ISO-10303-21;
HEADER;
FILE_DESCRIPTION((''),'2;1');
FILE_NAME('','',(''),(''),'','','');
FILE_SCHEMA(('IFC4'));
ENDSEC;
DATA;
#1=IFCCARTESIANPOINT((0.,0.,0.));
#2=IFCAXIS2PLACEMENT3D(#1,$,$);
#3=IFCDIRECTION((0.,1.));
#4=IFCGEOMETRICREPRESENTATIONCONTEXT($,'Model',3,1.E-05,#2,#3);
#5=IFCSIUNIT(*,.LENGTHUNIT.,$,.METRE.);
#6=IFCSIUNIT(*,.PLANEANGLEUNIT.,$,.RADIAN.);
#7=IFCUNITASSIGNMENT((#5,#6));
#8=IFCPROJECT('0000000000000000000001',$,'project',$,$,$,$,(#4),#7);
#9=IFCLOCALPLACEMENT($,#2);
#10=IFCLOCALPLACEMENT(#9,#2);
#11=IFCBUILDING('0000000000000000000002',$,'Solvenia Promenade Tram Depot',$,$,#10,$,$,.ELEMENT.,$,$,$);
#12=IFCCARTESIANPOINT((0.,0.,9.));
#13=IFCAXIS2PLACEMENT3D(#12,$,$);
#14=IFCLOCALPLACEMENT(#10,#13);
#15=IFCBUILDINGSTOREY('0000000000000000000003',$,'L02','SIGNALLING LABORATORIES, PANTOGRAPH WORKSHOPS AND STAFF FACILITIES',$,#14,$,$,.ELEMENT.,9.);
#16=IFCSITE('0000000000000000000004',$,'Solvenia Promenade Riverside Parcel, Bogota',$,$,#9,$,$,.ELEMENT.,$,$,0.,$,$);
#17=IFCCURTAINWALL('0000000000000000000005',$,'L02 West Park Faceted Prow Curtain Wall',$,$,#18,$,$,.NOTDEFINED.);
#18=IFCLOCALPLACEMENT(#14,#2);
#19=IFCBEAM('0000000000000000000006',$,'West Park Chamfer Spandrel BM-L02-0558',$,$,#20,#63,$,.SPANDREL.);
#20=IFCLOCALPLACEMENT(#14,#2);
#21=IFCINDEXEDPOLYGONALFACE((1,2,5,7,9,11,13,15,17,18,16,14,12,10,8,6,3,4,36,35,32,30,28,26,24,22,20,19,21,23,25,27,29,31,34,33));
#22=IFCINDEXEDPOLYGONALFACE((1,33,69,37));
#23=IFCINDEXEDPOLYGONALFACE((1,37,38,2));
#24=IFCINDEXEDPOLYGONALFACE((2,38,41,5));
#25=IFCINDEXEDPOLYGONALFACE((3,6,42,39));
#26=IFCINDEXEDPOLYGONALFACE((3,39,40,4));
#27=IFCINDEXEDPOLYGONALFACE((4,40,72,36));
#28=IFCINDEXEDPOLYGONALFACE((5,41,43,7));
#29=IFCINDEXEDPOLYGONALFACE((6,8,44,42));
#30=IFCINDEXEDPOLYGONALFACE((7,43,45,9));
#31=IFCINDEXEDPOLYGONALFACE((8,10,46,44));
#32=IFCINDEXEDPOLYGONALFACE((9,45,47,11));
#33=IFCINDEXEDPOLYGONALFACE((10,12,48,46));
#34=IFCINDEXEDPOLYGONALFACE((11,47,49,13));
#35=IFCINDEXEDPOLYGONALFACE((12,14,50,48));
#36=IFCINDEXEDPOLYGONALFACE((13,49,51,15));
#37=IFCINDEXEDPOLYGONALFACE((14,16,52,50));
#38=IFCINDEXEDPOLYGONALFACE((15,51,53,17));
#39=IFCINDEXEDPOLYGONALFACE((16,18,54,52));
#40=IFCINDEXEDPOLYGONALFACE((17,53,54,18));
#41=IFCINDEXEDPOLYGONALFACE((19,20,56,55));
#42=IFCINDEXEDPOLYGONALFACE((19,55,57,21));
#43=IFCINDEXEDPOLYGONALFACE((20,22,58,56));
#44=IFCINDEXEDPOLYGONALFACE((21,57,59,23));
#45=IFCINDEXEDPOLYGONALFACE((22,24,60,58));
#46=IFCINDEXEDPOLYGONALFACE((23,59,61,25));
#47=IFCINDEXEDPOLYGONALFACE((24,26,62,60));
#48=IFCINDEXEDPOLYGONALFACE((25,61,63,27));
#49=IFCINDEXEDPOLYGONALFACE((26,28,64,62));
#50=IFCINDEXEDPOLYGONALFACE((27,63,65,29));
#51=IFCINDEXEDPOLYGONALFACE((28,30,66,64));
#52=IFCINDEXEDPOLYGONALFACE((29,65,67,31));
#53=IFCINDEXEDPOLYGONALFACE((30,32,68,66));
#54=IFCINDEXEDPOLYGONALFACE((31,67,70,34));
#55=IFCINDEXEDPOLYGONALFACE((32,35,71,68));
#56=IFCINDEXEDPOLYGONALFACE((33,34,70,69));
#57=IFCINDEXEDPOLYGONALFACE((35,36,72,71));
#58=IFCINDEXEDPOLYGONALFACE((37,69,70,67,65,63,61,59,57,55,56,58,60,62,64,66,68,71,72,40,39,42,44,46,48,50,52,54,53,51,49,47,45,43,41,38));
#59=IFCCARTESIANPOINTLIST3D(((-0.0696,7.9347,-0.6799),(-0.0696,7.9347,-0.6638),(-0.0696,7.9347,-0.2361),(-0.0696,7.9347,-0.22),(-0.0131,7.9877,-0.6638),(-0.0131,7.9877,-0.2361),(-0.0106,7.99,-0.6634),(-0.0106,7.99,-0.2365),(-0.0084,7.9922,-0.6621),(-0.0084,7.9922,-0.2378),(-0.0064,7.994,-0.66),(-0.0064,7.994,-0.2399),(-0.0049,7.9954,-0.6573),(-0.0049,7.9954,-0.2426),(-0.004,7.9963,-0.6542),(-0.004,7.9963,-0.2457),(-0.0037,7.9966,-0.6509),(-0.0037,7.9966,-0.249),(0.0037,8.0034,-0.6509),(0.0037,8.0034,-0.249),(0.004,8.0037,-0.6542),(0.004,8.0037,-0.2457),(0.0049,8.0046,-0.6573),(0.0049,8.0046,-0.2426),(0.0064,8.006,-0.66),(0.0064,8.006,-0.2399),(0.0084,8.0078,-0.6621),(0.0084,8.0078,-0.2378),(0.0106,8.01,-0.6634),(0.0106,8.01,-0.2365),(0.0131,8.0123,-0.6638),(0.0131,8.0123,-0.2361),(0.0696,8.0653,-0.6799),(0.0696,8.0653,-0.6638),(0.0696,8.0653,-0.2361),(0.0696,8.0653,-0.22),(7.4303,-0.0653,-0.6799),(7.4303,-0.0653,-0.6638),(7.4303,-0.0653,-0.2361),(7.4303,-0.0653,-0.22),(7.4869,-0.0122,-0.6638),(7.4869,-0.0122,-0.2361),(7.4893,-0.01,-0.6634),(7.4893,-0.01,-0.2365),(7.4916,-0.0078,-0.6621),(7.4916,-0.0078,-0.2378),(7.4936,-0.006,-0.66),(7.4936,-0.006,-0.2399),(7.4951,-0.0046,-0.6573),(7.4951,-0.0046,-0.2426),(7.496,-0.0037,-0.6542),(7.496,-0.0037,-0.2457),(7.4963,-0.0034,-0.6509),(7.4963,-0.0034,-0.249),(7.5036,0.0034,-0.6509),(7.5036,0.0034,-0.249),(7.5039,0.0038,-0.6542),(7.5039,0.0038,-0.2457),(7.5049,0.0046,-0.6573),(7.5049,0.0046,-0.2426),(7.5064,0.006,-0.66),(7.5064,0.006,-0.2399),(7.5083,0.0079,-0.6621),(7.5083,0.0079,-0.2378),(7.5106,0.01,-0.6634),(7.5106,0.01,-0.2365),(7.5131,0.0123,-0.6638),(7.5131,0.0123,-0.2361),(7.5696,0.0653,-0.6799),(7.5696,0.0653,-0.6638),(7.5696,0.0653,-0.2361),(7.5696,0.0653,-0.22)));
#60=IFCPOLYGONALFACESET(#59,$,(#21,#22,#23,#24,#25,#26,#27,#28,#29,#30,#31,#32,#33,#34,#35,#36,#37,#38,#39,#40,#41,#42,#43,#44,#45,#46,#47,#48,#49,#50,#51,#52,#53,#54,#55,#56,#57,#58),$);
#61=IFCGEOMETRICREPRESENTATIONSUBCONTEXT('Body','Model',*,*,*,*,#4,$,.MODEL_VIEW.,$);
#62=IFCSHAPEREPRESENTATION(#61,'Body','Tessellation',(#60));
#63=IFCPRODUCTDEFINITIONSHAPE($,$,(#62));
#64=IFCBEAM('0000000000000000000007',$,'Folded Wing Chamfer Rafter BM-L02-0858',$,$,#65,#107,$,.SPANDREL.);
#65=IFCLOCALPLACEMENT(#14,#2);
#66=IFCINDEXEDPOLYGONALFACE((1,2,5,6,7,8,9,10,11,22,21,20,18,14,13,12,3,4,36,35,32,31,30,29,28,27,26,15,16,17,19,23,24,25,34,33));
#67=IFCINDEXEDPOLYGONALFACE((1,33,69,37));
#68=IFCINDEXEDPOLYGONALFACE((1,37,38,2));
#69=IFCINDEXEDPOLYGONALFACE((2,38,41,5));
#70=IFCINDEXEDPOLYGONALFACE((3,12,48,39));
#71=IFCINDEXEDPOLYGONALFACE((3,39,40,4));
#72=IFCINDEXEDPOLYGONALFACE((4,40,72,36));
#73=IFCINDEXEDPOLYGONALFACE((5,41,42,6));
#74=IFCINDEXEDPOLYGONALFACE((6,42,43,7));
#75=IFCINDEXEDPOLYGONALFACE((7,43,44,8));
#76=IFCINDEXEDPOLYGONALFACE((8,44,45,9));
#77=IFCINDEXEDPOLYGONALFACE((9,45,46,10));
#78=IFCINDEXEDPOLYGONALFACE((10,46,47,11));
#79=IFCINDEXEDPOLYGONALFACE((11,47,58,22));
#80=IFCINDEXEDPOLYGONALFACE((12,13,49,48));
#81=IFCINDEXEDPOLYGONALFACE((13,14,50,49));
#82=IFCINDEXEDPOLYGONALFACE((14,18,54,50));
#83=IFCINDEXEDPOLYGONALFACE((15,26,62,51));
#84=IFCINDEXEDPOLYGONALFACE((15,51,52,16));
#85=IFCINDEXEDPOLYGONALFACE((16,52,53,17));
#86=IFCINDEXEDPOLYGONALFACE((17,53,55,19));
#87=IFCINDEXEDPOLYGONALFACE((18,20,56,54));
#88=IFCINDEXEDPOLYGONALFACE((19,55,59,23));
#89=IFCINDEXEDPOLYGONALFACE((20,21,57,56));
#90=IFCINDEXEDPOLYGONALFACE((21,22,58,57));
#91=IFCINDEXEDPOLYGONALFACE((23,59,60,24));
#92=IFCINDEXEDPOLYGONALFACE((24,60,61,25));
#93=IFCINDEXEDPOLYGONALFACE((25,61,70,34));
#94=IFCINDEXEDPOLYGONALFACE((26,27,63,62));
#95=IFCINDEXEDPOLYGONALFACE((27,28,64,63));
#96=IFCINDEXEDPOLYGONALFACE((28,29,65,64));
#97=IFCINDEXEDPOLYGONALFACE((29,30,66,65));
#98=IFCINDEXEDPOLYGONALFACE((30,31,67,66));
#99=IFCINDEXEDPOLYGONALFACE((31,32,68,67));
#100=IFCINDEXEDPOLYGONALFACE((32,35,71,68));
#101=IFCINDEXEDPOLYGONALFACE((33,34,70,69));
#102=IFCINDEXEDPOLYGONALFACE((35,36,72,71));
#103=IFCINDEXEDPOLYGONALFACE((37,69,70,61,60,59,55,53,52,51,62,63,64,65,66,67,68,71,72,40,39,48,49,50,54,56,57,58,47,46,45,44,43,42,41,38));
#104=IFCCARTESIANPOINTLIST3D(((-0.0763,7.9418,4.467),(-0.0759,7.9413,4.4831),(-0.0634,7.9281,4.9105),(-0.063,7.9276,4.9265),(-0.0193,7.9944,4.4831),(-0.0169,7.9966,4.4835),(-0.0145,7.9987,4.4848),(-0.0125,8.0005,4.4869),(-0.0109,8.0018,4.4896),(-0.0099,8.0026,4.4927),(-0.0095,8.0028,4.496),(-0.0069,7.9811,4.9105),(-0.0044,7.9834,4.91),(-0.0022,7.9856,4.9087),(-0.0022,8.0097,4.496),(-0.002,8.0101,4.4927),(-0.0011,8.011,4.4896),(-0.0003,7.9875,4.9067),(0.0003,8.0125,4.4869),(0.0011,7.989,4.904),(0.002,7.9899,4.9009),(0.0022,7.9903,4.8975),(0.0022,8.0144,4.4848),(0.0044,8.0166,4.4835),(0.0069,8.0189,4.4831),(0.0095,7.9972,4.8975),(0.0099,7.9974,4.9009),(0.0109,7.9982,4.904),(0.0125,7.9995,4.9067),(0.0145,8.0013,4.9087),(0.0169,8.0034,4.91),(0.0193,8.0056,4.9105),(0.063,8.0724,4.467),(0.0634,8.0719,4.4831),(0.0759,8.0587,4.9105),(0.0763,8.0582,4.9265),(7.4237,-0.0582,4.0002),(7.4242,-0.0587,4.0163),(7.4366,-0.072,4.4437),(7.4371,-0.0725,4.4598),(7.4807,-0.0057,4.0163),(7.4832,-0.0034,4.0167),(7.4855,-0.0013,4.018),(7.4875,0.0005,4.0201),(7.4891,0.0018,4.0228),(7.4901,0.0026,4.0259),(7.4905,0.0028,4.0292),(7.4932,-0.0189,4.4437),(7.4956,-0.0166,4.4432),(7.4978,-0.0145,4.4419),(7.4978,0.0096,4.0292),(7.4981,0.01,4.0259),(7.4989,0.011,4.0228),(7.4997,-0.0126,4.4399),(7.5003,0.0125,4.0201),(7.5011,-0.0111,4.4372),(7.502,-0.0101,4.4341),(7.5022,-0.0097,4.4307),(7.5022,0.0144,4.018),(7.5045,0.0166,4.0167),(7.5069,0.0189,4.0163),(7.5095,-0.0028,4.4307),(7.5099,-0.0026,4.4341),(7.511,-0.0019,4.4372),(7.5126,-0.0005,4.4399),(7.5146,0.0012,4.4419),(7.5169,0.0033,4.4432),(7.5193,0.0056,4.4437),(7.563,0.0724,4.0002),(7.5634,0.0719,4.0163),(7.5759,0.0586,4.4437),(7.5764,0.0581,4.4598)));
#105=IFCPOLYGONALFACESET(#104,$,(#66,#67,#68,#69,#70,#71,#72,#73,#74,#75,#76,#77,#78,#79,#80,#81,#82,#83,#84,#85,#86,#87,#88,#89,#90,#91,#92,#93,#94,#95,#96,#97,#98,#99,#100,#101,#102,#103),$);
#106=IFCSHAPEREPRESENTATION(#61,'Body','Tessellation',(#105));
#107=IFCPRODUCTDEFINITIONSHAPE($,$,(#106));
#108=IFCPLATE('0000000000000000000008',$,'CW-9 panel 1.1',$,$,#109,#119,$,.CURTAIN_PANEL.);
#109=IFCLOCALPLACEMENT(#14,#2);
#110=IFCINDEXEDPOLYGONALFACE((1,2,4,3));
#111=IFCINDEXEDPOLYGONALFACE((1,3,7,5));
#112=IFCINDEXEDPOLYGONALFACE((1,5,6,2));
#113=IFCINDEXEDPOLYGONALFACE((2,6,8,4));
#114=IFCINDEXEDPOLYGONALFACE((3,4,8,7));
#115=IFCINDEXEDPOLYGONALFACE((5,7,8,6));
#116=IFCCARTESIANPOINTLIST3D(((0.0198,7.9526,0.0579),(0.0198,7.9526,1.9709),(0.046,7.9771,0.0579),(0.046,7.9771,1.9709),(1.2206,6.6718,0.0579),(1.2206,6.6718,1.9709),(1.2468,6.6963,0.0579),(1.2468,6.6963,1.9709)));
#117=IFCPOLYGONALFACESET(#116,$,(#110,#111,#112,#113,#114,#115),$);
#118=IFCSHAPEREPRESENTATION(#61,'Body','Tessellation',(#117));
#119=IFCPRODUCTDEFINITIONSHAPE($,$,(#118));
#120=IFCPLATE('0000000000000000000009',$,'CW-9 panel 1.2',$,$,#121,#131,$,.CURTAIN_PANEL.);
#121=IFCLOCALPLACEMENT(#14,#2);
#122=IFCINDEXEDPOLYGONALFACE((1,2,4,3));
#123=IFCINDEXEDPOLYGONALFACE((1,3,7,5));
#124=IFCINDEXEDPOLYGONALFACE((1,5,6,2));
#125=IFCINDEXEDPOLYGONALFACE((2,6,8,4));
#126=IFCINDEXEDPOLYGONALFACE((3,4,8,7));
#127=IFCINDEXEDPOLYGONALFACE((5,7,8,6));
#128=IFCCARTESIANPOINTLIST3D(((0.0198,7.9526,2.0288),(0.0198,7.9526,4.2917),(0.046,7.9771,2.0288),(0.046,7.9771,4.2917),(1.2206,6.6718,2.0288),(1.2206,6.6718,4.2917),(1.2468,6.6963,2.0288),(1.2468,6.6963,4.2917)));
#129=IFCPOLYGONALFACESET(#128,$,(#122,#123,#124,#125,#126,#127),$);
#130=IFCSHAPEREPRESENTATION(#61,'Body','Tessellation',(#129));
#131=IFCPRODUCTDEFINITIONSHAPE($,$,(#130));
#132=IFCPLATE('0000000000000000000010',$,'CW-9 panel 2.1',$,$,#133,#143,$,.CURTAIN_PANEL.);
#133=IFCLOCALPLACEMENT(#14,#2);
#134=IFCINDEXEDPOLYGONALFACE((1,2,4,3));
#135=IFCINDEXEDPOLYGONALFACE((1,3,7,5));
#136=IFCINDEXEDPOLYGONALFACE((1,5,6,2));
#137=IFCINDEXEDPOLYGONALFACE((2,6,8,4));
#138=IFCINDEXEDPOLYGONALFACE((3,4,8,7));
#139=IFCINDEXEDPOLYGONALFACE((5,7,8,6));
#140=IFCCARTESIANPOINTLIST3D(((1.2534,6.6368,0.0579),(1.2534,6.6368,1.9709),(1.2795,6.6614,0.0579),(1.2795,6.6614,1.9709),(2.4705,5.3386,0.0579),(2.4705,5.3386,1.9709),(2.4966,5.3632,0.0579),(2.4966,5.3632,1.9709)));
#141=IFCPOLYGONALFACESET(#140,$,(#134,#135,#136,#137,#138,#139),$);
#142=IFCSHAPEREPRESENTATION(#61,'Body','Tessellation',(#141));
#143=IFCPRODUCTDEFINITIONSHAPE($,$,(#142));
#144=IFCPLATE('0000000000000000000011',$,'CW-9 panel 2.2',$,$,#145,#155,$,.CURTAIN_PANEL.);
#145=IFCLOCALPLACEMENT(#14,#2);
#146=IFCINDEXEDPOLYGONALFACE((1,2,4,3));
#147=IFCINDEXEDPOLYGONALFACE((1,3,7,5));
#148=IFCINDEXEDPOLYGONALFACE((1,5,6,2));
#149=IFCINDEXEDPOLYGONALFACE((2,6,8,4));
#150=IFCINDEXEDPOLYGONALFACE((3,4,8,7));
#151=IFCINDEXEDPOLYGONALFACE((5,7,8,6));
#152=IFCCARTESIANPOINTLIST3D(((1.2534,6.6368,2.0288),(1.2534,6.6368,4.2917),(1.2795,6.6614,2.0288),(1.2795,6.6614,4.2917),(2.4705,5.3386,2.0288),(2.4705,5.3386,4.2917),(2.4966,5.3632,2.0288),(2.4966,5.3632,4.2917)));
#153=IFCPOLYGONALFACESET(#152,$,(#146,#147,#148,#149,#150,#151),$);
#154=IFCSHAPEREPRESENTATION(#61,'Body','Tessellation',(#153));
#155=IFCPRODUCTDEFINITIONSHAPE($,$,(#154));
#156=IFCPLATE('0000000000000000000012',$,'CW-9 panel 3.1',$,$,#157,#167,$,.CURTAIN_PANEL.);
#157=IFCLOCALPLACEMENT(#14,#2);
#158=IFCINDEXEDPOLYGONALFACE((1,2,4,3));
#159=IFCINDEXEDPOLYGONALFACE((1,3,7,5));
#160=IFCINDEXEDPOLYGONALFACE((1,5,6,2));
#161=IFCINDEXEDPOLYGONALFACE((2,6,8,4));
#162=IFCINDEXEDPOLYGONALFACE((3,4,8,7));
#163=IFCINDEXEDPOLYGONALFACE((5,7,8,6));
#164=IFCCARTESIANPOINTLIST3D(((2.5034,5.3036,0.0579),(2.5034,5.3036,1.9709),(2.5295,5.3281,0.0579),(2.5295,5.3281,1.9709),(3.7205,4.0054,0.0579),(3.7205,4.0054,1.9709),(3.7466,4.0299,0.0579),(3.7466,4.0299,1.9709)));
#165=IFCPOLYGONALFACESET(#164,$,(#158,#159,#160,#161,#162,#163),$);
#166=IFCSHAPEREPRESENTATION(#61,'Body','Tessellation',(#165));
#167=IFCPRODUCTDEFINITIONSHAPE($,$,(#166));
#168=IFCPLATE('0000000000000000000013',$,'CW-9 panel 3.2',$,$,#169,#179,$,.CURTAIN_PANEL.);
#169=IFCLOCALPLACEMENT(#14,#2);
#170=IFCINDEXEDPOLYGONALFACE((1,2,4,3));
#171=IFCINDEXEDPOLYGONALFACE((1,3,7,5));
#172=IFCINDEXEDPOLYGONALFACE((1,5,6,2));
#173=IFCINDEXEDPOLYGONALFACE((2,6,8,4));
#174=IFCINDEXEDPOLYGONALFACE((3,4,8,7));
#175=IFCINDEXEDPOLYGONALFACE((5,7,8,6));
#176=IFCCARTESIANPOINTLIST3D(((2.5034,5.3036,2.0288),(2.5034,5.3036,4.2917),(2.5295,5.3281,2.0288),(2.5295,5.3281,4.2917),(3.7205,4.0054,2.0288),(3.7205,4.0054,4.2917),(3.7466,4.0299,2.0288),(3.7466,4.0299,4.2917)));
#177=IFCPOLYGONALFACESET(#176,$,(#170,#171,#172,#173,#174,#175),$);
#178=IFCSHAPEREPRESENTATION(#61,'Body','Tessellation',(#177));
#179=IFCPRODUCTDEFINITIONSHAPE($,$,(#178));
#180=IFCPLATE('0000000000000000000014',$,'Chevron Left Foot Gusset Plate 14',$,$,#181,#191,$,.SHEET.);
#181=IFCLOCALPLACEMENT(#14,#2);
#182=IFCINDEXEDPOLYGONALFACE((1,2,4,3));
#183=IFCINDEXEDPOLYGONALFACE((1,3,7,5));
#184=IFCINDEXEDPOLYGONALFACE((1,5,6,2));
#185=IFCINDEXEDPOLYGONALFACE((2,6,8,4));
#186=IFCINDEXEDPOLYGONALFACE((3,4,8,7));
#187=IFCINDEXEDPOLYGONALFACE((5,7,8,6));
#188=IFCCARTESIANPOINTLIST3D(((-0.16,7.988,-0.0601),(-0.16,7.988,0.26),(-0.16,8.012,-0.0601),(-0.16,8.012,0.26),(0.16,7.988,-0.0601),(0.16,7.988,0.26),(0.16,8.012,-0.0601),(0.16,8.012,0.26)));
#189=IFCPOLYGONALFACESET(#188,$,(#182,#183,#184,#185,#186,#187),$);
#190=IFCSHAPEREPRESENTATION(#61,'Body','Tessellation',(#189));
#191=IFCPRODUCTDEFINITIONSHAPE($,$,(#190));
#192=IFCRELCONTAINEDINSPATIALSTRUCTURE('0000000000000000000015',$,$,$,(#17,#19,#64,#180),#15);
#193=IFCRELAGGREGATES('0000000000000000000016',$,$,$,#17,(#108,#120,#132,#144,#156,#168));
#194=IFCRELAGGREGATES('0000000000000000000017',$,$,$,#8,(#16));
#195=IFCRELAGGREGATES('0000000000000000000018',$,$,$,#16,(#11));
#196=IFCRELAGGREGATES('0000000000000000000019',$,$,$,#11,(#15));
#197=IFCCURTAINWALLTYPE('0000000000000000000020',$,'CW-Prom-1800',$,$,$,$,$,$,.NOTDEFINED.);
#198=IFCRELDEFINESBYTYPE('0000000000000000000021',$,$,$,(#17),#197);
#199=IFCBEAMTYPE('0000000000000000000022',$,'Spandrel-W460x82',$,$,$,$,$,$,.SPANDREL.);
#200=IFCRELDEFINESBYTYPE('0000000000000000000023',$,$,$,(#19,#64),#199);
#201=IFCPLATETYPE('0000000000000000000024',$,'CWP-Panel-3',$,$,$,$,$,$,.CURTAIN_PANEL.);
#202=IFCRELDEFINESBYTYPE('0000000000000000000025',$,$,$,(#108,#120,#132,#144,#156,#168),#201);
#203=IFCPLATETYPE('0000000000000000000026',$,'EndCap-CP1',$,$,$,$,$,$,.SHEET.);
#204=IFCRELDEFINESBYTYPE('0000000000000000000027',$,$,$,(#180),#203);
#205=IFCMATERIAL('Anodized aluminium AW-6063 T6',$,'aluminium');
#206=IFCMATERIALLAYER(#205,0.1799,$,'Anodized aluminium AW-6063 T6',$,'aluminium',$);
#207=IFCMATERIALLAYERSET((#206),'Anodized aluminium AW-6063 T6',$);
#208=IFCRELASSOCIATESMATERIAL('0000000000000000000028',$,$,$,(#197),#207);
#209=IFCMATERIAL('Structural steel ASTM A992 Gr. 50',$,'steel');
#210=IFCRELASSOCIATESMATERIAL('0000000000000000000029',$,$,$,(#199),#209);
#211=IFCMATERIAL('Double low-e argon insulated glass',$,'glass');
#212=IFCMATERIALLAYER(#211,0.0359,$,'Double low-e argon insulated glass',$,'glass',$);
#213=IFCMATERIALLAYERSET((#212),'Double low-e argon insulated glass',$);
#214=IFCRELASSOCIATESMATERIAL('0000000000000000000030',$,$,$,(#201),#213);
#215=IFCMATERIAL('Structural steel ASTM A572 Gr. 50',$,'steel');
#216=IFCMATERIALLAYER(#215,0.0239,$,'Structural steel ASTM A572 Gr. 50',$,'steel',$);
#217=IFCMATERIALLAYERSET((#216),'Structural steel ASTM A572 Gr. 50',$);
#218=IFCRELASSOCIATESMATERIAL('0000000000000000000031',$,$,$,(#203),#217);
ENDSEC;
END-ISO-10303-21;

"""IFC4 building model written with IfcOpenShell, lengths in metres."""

from ifc_helpers import new_model, si_unit, direction, frame, origin, origin_2d, place, context, subcontext, project, spatial, rectangle, i_section, extrude, material, layer, layer_set, material_profile, profile_set, type_object, element, aggregate, save


model = new_model("IFC4")

# Units and contexts
model_context = context("Model", 3, precision=1e-05, world=origin(), true_north=direction((0.0, 1.0)))
body_context = subcontext(model_context, "Body", "Model", "MODEL_VIEW")
ifc_project = project(units=[si_unit("LENGTHUNIT", "METRE"), si_unit("PLANEANGLEUNIT", "RADIAN")], contexts=[model_context])

# Site, building, storey
site_placement = place(None, origin())
site = spatial("IfcSite", under=ifc_project, at=site_placement, Name="Solvenia Promenade Riverside Parcel, Bogota", CompositionType="ELEMENT", RefElevation=0.0)
building_placement = place(site_placement, origin())
building = spatial("IfcBuilding", under=site, at=building_placement, Name="Solvenia Promenade Tram Depot", CompositionType="ELEMENT")
storey_placement = place(building_placement, frame((0.0, 0.0, 9.0)))
storey = spatial("IfcBuildingStorey", under=building, at=storey_placement, Name="L02", Description="SIGNALLING LABORATORIES, PANTOGRAPH WORKSHOPS AND STAFF FACILITIES", CompositionType="ELEMENT", Elevation=9.0)

# Shared definitions
ifc_material_1 = material(Name="Structural steel ASTM A992 Gr. 50", Category="steel")

# Curtain wall
ifc_material_2 = material(Name="Anodized aluminium AW-6063 T6", Category="aluminium")
ifc_layer_1 = layer(ifc_material_2, 0.1799, Name="Anodized aluminium AW-6063 T6", Category="aluminium")
ifc_layer_set_1 = layer_set([ifc_layer_1], Name="Anodized aluminium AW-6063 T6")
curtain_wall_type = type_object("IfcCurtainWallType", Name="CW-Prom-1800", PredefinedType="NOTDEFINED", material=ifc_layer_set_1)
curtain_wall_placement = place(storey_placement, origin())
curtain_wall = element("IfcCurtainWall", 1, at=curtain_wall_placement, inside=storey, type_object=curtain_wall_type, Name="L02 West Park Faceted Prow Curtain Wall", PredefinedType="NOTDEFINED")

# Beams
ifc_material_profile_1 = material_profile(ifc_material_1, i_section(OverallWidth=0.1909, OverallDepth=0.46, WebThickness=0.01, FlangeThickness=0.0161, FilletRadius=0.0129, at=origin_2d()), Name="W460x82", Category="steel")
ifc_profile_set_1 = profile_set([ifc_material_profile_1], Name="Structural steel ASTM A992 Gr. 50")
beam_type_1 = type_object("IfcBeamType", Name="Spandrel-W460x82", PredefinedType="SPANDREL", material=ifc_profile_set_1)
beam_1_placement = place(storey_placement, frame((0.0, 8.0, -0.45), z_axis=(0.683941, -0.729537, 0.0), x_axis=(0.729537, 0.683941, 0.0)))
element("IfcBeam", 2, at=beam_1_placement, inside=storey, type_object=beam_type_1, Name="West Park Chamfer Spandrel BM-L02-0558", PredefinedType="SPANDREL", context=body_context, shape_type="SweptSolid", body=[
    extrude(i_section(OverallWidth=0.1909, OverallDepth=0.46, WebThickness=0.01, FlangeThickness=0.0161, FilletRadius=0.0129, at=origin_2d()), origin(), (0.0, 0.0, 1.0), 10.9658),
])
beam_2_placement = place(storey_placement, frame((0.0, 8.0, 4.6968), z_axis=(0.683322, -0.728877, -0.04253), x_axis=(0.729537, 0.683941, 0.0)))
element("IfcBeam", 3, at=beam_2_placement, inside=storey, type_object=beam_type_1, Name="Folded Wing Chamfer Rafter BM-L02-0858", PredefinedType="SPANDREL", context=body_context, shape_type="SweptSolid", body=[
    extrude(i_section(OverallWidth=0.1909, OverallDepth=0.46, WebThickness=0.01, FlangeThickness=0.0161, FilletRadius=0.0129, at=origin_2d()), origin(), (0.0, 0.0, 1.0), 10.9758),
])

# Plates
ifc_material_3 = material(Name="Double low-e argon insulated glass", Category="glass")
ifc_layer_2 = layer(ifc_material_3, 0.0359, Name="Double low-e argon insulated glass", Category="glass")
ifc_layer_set_2 = layer_set([ifc_layer_2], Name="Double low-e argon insulated glass")
plate_type_1 = type_object("IfcPlateType", Name="CWP-Panel-3", PredefinedType="CURTAIN_PANEL", material=ifc_layer_set_2)
plate_1_placement = place(storey_placement, frame((0.6333, 7.3245, 0.0579), z_axis=(0.0, 0.0, 1.0), x_axis=(0.683941, -0.729537, 0.0)))
plate_1 = element("IfcPlate", 4, at=plate_1_placement, type_object=plate_type_1, Name="CW-9 panel 1.1", PredefinedType="CURTAIN_PANEL", context=body_context, shape_type="SweptSolid", body=[
    extrude(rectangle(XDim=1.7556, YDim=0.0359, at=origin_2d()), origin(), (0.0, 0.0, 1.0), 1.9131),
])
plate_2_placement = place(storey_placement, frame((0.6333, 7.3245, 2.0288), z_axis=(0.0, 0.0, 1.0), x_axis=(0.683941, -0.729537, 0.0)))
plate_2 = element("IfcPlate", 5, at=plate_2_placement, type_object=plate_type_1, Name="CW-9 panel 1.2", PredefinedType="CURTAIN_PANEL", context=body_context, shape_type="SweptSolid", body=[
    extrude(rectangle(XDim=1.7556, YDim=0.0359, at=origin_2d()), origin(), (0.0, 0.0, 1.0), 2.2629),
])
plate_3_placement = place(storey_placement, frame((1.875, 6.0, 0.0579), z_axis=(0.0, 0.0, 1.0), x_axis=(0.683941, -0.729537, 0.0)))
plate_3 = element("IfcPlate", 6, at=plate_3_placement, type_object=plate_type_1, Name="CW-9 panel 2.1", PredefinedType="CURTAIN_PANEL", context=body_context, shape_type="SweptSolid", body=[
    extrude(rectangle(XDim=1.7795, YDim=0.0359, at=origin_2d()), origin(), (0.0, 0.0, 1.0), 1.9131),
])
plate_4_placement = place(storey_placement, frame((1.875, 6.0, 2.0288), z_axis=(0.0, 0.0, 1.0), x_axis=(0.683941, -0.729537, 0.0)))
plate_4 = element("IfcPlate", 7, at=plate_4_placement, type_object=plate_type_1, Name="CW-9 panel 2.2", PredefinedType="CURTAIN_PANEL", context=body_context, shape_type="SweptSolid", body=[
    extrude(rectangle(XDim=1.7795, YDim=0.0359, at=origin_2d()), origin(), (0.0, 0.0, 1.0), 2.2629),
])
plate_5_placement = place(storey_placement, frame((3.125, 4.6667, 0.0579), z_axis=(0.0, 0.0, 1.0), x_axis=(0.683941, -0.729537, 0.0)))
plate_5 = element("IfcPlate", 8, at=plate_5_placement, type_object=plate_type_1, Name="CW-9 panel 3.1", PredefinedType="CURTAIN_PANEL", context=body_context, shape_type="SweptSolid", body=[
    extrude(rectangle(XDim=1.7795, YDim=0.0359, at=origin_2d()), origin(), (0.0, 0.0, 1.0), 1.9131),
])
plate_6_placement = place(storey_placement, frame((3.125, 4.6667, 2.0288), z_axis=(0.0, 0.0, 1.0), x_axis=(0.683941, -0.729537, 0.0)))
plate_6 = element("IfcPlate", 9, at=plate_6_placement, type_object=plate_type_1, Name="CW-9 panel 3.2", PredefinedType="CURTAIN_PANEL", context=body_context, shape_type="SweptSolid", body=[
    extrude(rectangle(XDim=1.7795, YDim=0.0359, at=origin_2d()), origin(), (0.0, 0.0, 1.0), 2.2629),
])
aggregate(curtain_wall, [plate_1, plate_2, plate_3, plate_4, plate_5, plate_6])
ifc_material_4 = material(Name="Structural steel ASTM A572 Gr. 50", Category="steel")
ifc_layer_3 = layer(ifc_material_4, 0.0239, Name="Structural steel ASTM A572 Gr. 50", Category="steel")
ifc_layer_set_3 = layer_set([ifc_layer_3], Name="Structural steel ASTM A572 Gr. 50")
plate_type_2 = type_object("IfcPlateType", Name="EndCap-CP1", PredefinedType="SHEET", material=ifc_layer_set_3)
plate_7_placement = place(storey_placement, frame((0.0, 8.0, -0.0601), z_axis=(0.0, 0.0, 1.0), x_axis=(1.0, 0.0, 0.0)))
element("IfcPlate", 10, at=plate_7_placement, inside=storey, type_object=plate_type_2, Name="Chevron Left Foot Gusset Plate 14", PredefinedType="SHEET", context=body_context, shape_type="SweptSolid", body=[
    extrude(rectangle(XDim=0.3201, YDim=0.0239, at=origin_2d()), origin(), (0.0, 0.0, 1.0), 0.3201),
])

save(model, "model.ifc")
